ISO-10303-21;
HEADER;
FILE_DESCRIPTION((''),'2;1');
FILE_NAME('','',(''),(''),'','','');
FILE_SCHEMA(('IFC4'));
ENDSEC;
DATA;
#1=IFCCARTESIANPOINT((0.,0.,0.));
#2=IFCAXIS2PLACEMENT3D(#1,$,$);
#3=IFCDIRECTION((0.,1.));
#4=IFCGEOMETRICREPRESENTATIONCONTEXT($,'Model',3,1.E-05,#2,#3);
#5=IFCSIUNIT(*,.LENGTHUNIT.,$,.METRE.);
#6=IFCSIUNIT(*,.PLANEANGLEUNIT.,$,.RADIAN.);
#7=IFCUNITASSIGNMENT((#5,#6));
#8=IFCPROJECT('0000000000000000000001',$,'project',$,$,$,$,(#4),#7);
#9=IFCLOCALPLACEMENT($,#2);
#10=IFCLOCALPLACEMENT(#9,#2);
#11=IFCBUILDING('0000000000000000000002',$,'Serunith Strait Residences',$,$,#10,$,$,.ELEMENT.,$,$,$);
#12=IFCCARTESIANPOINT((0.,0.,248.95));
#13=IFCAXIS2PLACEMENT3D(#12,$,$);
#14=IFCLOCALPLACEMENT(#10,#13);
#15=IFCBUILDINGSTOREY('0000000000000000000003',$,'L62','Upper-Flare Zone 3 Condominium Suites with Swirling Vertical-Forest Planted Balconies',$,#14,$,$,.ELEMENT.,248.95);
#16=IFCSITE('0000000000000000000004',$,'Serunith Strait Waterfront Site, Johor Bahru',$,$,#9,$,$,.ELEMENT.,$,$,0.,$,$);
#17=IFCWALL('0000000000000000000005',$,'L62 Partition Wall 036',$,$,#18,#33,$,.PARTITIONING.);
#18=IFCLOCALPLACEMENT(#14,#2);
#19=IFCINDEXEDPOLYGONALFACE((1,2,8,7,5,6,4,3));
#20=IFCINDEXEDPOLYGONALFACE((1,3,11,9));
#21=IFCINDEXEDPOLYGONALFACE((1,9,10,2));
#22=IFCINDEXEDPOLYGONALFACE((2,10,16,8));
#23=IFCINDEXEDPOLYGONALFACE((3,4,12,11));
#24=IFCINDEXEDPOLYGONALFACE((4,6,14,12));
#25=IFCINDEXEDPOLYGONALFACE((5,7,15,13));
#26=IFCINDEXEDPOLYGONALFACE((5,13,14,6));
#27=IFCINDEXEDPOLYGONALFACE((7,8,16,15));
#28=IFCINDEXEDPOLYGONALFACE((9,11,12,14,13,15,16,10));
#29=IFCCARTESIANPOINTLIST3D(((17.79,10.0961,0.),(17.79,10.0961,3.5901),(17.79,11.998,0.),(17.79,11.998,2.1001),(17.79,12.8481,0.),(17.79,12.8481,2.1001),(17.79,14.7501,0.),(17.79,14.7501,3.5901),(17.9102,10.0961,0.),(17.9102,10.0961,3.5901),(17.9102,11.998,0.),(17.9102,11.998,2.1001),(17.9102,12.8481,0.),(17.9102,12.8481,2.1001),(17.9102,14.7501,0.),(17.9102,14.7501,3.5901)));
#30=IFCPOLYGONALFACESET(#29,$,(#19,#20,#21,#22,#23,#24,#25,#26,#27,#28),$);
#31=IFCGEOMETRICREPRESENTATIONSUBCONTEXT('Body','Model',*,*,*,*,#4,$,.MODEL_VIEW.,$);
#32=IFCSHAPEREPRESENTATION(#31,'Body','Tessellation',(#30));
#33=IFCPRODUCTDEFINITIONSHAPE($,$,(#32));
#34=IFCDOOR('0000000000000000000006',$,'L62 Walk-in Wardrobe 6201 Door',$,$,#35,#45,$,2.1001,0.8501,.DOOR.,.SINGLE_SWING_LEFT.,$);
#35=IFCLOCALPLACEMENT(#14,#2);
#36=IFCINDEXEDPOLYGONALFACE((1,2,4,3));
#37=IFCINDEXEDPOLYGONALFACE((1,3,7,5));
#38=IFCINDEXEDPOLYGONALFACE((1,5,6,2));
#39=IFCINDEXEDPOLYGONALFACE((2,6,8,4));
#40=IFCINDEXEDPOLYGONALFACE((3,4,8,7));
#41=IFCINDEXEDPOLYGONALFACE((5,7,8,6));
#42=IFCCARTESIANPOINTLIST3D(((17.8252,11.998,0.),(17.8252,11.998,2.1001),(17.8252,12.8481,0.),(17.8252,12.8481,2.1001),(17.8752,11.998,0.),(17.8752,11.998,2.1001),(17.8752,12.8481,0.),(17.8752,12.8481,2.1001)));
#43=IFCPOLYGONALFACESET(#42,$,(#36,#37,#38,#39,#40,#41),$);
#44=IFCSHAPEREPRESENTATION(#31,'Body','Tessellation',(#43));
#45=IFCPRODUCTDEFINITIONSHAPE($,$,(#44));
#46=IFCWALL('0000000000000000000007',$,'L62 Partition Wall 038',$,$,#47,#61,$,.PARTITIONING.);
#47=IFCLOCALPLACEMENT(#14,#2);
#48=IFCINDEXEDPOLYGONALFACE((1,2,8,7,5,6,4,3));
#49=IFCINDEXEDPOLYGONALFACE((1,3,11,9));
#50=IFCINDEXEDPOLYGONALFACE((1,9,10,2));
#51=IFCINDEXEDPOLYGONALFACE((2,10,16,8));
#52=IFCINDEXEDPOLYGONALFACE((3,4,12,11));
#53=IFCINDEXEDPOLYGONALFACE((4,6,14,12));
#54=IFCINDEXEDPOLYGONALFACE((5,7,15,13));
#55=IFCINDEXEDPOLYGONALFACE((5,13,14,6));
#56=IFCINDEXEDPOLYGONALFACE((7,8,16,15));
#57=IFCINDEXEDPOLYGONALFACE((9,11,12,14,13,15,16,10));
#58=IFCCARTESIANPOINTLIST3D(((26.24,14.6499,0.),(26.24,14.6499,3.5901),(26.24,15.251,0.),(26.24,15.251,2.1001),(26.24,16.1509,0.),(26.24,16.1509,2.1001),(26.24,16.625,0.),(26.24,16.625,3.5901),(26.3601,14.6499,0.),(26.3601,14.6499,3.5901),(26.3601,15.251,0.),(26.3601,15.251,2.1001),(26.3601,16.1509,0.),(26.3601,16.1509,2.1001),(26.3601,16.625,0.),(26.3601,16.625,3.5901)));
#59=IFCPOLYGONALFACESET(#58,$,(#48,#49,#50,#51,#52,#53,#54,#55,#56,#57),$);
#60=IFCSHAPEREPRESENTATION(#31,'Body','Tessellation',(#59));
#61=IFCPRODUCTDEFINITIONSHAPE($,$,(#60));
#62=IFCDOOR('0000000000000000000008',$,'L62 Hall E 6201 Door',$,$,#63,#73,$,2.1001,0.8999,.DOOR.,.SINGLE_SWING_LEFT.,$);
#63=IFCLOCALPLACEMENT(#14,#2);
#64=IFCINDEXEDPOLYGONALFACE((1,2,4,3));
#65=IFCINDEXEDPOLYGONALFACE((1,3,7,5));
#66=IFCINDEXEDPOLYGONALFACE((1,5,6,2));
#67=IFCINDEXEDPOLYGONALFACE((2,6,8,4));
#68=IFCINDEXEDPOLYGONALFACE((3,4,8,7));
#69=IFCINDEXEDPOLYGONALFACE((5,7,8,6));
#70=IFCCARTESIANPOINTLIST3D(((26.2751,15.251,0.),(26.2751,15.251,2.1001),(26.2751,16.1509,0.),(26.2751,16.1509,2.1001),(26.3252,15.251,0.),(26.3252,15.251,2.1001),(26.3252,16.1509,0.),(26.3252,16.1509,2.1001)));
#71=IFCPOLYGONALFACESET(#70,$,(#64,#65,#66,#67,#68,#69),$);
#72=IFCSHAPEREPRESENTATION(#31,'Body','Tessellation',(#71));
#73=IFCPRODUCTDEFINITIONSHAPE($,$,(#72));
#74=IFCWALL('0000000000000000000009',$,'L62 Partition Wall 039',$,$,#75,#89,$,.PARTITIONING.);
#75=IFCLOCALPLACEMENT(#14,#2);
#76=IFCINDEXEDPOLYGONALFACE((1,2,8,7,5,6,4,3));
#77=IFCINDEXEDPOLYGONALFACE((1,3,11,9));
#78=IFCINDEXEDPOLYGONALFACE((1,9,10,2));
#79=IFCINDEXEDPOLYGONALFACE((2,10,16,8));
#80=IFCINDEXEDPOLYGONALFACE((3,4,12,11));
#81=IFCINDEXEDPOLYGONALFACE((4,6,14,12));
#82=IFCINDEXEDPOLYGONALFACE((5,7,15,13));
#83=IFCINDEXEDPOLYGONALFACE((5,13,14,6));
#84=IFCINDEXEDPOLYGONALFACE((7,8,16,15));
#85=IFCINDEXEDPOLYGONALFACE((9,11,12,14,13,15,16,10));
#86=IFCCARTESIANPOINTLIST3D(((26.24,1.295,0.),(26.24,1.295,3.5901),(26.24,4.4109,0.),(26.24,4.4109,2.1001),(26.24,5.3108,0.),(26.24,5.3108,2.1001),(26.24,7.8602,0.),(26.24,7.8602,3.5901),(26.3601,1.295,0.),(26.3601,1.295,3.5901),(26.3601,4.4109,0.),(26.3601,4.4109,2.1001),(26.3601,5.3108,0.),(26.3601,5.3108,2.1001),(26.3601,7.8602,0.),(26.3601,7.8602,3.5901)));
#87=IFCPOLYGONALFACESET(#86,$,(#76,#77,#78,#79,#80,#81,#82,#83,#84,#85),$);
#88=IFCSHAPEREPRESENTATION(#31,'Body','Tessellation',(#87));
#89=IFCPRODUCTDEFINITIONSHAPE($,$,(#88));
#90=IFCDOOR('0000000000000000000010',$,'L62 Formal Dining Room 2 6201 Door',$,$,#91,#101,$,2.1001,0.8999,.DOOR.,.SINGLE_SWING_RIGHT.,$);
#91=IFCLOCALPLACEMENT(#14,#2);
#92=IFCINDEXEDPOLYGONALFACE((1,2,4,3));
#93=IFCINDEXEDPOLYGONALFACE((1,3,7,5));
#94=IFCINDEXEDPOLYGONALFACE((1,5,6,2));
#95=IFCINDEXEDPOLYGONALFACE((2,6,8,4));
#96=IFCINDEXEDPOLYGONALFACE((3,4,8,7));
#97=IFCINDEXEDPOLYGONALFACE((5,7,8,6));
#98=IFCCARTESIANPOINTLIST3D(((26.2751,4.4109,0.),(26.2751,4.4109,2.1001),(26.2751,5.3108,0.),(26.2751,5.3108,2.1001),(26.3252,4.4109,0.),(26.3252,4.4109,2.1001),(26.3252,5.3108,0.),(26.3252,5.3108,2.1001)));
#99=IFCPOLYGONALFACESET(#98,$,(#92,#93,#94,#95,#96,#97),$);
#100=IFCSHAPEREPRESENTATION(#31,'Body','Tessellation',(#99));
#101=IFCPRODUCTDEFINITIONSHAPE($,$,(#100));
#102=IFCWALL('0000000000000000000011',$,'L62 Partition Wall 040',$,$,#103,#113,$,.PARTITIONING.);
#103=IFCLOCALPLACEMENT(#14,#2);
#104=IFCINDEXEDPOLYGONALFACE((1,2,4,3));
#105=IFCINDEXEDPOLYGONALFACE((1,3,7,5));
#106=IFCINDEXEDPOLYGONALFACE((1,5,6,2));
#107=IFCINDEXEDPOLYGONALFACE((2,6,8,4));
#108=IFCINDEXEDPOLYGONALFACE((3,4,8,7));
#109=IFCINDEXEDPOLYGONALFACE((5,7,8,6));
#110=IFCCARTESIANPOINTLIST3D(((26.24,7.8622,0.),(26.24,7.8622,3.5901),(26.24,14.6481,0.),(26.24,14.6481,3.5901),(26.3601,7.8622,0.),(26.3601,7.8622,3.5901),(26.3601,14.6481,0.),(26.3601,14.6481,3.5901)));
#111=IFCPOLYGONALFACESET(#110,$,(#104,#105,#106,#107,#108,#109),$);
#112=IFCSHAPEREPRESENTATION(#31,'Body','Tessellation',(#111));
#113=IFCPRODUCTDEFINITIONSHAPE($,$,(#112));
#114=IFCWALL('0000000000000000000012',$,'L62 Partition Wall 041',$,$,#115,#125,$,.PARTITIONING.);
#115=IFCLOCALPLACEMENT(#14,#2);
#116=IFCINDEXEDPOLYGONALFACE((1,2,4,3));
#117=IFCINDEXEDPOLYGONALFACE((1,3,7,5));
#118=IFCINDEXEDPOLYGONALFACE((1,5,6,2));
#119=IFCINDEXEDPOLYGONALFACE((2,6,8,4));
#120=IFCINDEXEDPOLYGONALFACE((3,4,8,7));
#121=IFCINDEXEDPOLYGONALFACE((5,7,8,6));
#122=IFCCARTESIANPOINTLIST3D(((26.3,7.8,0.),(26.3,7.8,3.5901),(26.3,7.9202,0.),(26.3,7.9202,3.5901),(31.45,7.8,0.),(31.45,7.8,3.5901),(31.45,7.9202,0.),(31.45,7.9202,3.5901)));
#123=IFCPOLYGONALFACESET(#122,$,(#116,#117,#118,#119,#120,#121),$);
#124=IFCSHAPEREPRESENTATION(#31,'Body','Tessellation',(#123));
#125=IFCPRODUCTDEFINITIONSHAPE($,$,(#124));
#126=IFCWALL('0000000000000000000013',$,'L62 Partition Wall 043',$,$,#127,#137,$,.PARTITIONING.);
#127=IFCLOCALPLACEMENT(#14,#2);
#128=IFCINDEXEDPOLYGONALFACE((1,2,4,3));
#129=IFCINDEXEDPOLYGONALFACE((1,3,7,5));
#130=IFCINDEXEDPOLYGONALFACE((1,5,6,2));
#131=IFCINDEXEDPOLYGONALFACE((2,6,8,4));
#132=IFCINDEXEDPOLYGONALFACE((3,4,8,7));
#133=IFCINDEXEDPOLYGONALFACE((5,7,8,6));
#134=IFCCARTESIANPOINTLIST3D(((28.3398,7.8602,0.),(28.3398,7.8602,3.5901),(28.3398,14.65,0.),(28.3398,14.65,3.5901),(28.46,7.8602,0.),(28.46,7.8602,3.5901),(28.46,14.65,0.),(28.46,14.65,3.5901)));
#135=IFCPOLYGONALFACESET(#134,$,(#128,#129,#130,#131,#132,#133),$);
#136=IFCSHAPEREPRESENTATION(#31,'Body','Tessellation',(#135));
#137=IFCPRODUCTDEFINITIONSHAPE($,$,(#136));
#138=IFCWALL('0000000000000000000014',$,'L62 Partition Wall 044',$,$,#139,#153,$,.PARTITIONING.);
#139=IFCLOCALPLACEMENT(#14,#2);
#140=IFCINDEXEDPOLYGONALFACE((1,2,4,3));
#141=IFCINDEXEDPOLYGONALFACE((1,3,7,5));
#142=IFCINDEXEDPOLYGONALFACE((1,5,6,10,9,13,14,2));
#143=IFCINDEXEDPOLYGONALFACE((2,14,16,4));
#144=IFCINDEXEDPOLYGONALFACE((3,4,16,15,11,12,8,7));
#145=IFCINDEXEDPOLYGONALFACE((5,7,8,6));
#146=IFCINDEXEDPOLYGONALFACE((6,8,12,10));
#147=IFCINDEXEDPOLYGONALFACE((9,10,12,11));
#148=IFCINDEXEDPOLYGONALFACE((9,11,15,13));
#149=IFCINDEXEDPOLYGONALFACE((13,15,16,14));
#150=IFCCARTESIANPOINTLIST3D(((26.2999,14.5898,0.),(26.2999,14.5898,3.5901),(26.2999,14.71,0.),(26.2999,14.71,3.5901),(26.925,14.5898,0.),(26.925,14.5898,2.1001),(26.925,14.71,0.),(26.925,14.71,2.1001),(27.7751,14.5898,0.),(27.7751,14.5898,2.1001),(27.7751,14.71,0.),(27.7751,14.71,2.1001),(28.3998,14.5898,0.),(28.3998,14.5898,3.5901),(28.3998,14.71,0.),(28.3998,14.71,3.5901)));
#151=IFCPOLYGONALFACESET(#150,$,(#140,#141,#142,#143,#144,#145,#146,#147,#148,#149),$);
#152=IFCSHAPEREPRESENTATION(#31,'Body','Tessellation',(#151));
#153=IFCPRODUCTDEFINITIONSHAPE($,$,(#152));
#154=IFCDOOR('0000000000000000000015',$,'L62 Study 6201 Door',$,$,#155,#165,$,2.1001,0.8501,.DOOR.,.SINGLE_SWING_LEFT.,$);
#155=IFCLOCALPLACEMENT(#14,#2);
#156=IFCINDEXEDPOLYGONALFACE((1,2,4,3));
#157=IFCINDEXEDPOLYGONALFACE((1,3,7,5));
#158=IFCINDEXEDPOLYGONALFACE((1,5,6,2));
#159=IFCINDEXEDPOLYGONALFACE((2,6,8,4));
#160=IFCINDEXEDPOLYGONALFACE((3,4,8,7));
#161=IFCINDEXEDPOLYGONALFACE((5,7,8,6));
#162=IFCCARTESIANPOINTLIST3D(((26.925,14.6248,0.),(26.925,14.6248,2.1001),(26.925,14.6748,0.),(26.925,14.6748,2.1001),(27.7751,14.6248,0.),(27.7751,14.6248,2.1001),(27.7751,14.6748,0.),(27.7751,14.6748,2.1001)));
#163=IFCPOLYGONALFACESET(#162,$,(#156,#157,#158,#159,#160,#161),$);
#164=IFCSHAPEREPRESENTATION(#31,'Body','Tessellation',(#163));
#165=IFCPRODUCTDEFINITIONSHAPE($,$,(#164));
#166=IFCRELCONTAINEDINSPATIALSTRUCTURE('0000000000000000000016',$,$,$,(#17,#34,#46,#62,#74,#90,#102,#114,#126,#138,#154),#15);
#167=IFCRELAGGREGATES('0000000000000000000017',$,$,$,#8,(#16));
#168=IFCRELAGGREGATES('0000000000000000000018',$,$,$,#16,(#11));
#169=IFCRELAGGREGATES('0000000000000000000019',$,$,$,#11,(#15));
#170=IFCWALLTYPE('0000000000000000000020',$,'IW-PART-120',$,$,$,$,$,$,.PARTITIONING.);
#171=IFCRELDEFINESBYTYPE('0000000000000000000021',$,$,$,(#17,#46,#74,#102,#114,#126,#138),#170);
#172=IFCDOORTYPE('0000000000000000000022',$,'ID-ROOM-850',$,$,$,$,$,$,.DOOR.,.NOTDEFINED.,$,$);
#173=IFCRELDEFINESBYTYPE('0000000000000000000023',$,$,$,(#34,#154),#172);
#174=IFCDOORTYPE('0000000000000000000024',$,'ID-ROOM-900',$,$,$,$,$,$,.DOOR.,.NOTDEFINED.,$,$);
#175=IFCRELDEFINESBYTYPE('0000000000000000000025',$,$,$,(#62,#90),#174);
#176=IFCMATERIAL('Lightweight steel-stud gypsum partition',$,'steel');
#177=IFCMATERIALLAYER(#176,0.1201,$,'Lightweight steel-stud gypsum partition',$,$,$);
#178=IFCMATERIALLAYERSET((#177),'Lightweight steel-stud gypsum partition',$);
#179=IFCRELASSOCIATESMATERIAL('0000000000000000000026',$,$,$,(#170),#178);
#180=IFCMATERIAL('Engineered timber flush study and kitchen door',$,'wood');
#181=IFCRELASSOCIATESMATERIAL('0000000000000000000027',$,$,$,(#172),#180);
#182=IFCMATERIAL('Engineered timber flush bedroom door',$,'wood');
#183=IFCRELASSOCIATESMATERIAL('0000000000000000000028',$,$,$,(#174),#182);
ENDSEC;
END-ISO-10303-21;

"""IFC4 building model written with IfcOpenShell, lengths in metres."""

from ifc_helpers import new_model, si_unit, direction, frame, frame_2d, origin, place, context, subcontext, project, spatial, rectangle, extrude, source, transform, mapped, material, layer, layer_set, type_object, element, fill, save


model = new_model("IFC4")

# Units and contexts
model_context = context("Model", 3, precision=1e-05, world=origin(), true_north=direction((0.0, 1.0)))
body_context = subcontext(model_context, "Body", "Model", "MODEL_VIEW")
ifc_project = project(units=[si_unit("LENGTHUNIT", "METRE"), si_unit("PLANEANGLEUNIT", "RADIAN")], contexts=[model_context])

# Site, building, storey
site_placement = place(None, origin())
site = spatial("IfcSite", under=ifc_project, at=site_placement, Name="Serunith Strait Waterfront Site, Johor Bahru", CompositionType="ELEMENT", RefElevation=0.0)
building_placement = place(site_placement, origin())
building = spatial("IfcBuilding", under=site, at=building_placement, Name="Serunith Strait Residences", CompositionType="ELEMENT")
storey_placement = place(building_placement, frame((0.0, 0.0, 248.95)))
storey = spatial("IfcBuildingStorey", under=building, at=storey_placement, Name="L62", Description="Upper-Flare Zone 3 Condominium Suites with Swirling Vertical-Forest Planted Balconies", CompositionType="ELEMENT", Elevation=248.95)

# Shared definitions
ifc_material_1 = material(Name="Lightweight steel-stud gypsum partition", Category="steel")
ifc_layer_1 = layer(ifc_material_1, 0.1201, Name="Lightweight steel-stud gypsum partition")
ifc_layer_set_1 = layer_set([ifc_layer_1], Name="Lightweight steel-stud gypsum partition")
wall_type = type_object("IfcWallType", Name="IW-PART-120", PredefinedType="PARTITIONING", material=ifc_layer_set_1)
ifc_material_2 = material(Name="Engineered timber flush study and kitchen door", Category="wood")
door_type_1 = type_object("IfcDoorType", Name="ID-ROOM-850", OperationType="NOTDEFINED", PredefinedType="DOOR", material=ifc_material_2)
shared_shape_1 = source(origin(), body_context, "Body", "SweptSolid", [
    extrude(rectangle(XDim=0.8501, YDim=2.1001, at=frame_2d((0.425, 1.05))), frame((0.0, 0.0249, 0.0), z_axis=(0.0, -1.0, 0.0), x_axis=(1.0, 0.0, 0.0)), (0.0, 0.0, 1.0), 0.05),
])

# Walls, openings, doors
ifc_material_3 = material(Name="Engineered timber flush bedroom door", Category="wood")
door_type_2 = type_object("IfcDoorType", Name="ID-ROOM-900", OperationType="NOTDEFINED", PredefinedType="DOOR", material=ifc_material_3)
shared_shape_2 = source(origin(), body_context, "Body", "SweptSolid", [
    extrude(rectangle(XDim=0.8999, YDim=2.1001, at=frame_2d((0.45, 1.05))), frame((0.0, 0.0249, 0.0), z_axis=(0.0, -1.0, 0.0), x_axis=(1.0, 0.0, 0.0)), (0.0, 0.0, 1.0), 0.05),
])
wall_1_placement = place(storey_placement, frame((17.8501, 10.0959, 0.0), z_axis=(0.0, 0.0, 1.0), x_axis=(0.0, 1.0, 0.0)))
wall_1 = element("IfcWall", 1, at=wall_1_placement, inside=storey, type_object=wall_type, Name="L62 Partition Wall 036", PredefinedType="PARTITIONING", context=body_context, shape_type="SweptSolid", body=[
    extrude(rectangle(XDim=4.6541, YDim=0.1201, at=frame_2d((2.3271, 0.0))), origin(), (0.0, 0.0, 1.0), 3.5901),
])
opening_1_placement = place(wall_1_placement, frame((1.9021, 0.0, 0.0)))
opening_1 = element("IfcOpeningElement", 2, at=opening_1_placement, cuts=wall_1, PredefinedType="OPENING", context=body_context, shape_type="SweptSolid", body=[
    extrude(rectangle(XDim=0.8501, YDim=2.1001, at=frame_2d((0.425, 1.05))), frame((0.0, 0.0701, 0.0), z_axis=(0.0, -1.0, 0.0), x_axis=(1.0, 0.0, 0.0)), (0.0, 0.0, 1.0), 0.1401),
])
door_1_placement = place(opening_1_placement, origin())
door_1 = element("IfcDoor", 3, at=door_1_placement, inside=storey, type_object=door_type_1, Name="L62 Walk-in Wardrobe 6201 Door", OperationType="SINGLE_SWING_LEFT", OverallHeight=2.1001, OverallWidth=0.8501, PredefinedType="DOOR", context=body_context, shape_type="MappedRepresentation", body=[
    mapped(shared_shape_1, transform((0.0, 0.0, 0.0), scale=1.0)),
])
fill(opening_1, door_1)
wall_2_placement = place(storey_placement, frame((26.3, 14.6499, 0.0), z_axis=(0.0, 0.0, 1.0), x_axis=(0.0, 1.0, 0.0)))
wall_2 = element("IfcWall", 4, at=wall_2_placement, inside=storey, type_object=wall_type, Name="L62 Partition Wall 038", PredefinedType="PARTITIONING", context=body_context, shape_type="SweptSolid", body=[
    extrude(rectangle(XDim=1.9751, YDim=0.1201, at=frame_2d((0.9875, 0.0))), origin(), (0.0, 0.0, 1.0), 3.5901),
])
opening_2_placement = place(wall_2_placement, frame((0.6011, 0.0, 0.0)))
opening_2 = element("IfcOpeningElement", 5, at=opening_2_placement, cuts=wall_2, PredefinedType="OPENING", context=body_context, shape_type="SweptSolid", body=[
    extrude(rectangle(XDim=0.8999, YDim=2.1001, at=frame_2d((0.45, 1.05))), frame((0.0, 0.0701, 0.0), z_axis=(0.0, -1.0, 0.0), x_axis=(1.0, 0.0, 0.0)), (0.0, 0.0, 1.0), 0.1401),
])
door_2_placement = place(opening_2_placement, origin())
door_2 = element("IfcDoor", 6, at=door_2_placement, inside=storey, type_object=door_type_2, Name="L62 Hall E 6201 Door", OperationType="SINGLE_SWING_LEFT", OverallHeight=2.1001, OverallWidth=0.8999, PredefinedType="DOOR", context=body_context, shape_type="MappedRepresentation", body=[
    mapped(shared_shape_2, transform((0.0, 0.0, 0.0), scale=1.0)),
])
fill(opening_2, door_2)
wall_3_placement = place(storey_placement, frame((26.3, 1.2949, 0.0), z_axis=(0.0, 0.0, 1.0), x_axis=(0.0, 1.0, 0.0)))
wall_3 = element("IfcWall", 7, at=wall_3_placement, inside=storey, type_object=wall_type, Name="L62 Partition Wall 039", PredefinedType="PARTITIONING", context=body_context, shape_type="SweptSolid", body=[
    extrude(rectangle(XDim=6.5652, YDim=0.1201, at=frame_2d((3.2827, 0.0))), origin(), (0.0, 0.0, 1.0), 3.5901),
])
opening_3_placement = place(wall_3_placement, frame((3.116, 0.0, 0.0)))
opening_3 = element("IfcOpeningElement", 8, at=opening_3_placement, cuts=wall_3, PredefinedType="OPENING", context=body_context, shape_type="SweptSolid", body=[
    extrude(rectangle(XDim=0.8999, YDim=2.1001, at=frame_2d((0.45, 1.05))), frame((0.0, 0.0701, 0.0), z_axis=(0.0, -1.0, 0.0), x_axis=(1.0, 0.0, 0.0)), (0.0, 0.0, 1.0), 0.1401),
])
door_3_placement = place(opening_3_placement, origin())
door_3 = element("IfcDoor", 9, at=door_3_placement, inside=storey, type_object=door_type_2, Name="L62 Formal Dining Room 2 6201 Door", OperationType="SINGLE_SWING_RIGHT", OverallHeight=2.1001, OverallWidth=0.8999, PredefinedType="DOOR", context=body_context, shape_type="MappedRepresentation", body=[
    mapped(shared_shape_2, transform((0.0, 0.0, 0.0), scale=1.0)),
])
fill(opening_3, door_3)

# Walls
wall_4_placement = place(storey_placement, frame((26.3, 7.8621, 0.0), z_axis=(0.0, 0.0, 1.0), x_axis=(0.0, 1.0, 0.0)))
element("IfcWall", 10, at=wall_4_placement, inside=storey, type_object=wall_type, Name="L62 Partition Wall 040", PredefinedType="PARTITIONING", context=body_context, shape_type="SweptSolid", body=[
    extrude(rectangle(XDim=6.7859, YDim=0.1201, at=frame_2d((3.3931, 0.0))), origin(), (0.0, 0.0, 1.0), 3.5901),
])
wall_5_placement = place(storey_placement, frame((26.3, 7.8601, 0.0), z_axis=(0.0, 0.0, 1.0), x_axis=(1.0, 0.0, 0.0)))
element("IfcWall", 11, at=wall_5_placement, inside=storey, type_object=wall_type, Name="L62 Partition Wall 041", PredefinedType="PARTITIONING", context=body_context, shape_type="SweptSolid", body=[
    extrude(rectangle(XDim=5.1499, YDim=0.1201, at=frame_2d((2.575, 0.0))), origin(), (0.0, 0.0, 1.0), 3.5901),
])
wall_6_placement = place(storey_placement, frame((28.3999, 7.8601, 0.0), z_axis=(0.0, 0.0, 1.0), x_axis=(0.0, 1.0, 0.0)))
element("IfcWall", 12, at=wall_6_placement, inside=storey, type_object=wall_type, Name="L62 Partition Wall 043", PredefinedType="PARTITIONING", context=body_context, shape_type="SweptSolid", body=[
    extrude(rectangle(XDim=6.7898, YDim=0.1201, at=frame_2d((3.395, 0.0))), origin(), (0.0, 0.0, 1.0), 3.5901),
])

# Wall, opening, door
wall_7_placement = place(storey_placement, frame((26.3, 14.6499, 0.0), z_axis=(0.0, 0.0, 1.0), x_axis=(1.0, 0.0, 0.0)))
wall_7 = element("IfcWall", 13, at=wall_7_placement, inside=storey, type_object=wall_type, Name="L62 Partition Wall 044", PredefinedType="PARTITIONING", context=body_context, shape_type="SweptSolid", body=[
    extrude(rectangle(XDim=2.0999, YDim=0.1201, at=frame_2d((1.0498, 0.0))), origin(), (0.0, 0.0, 1.0), 3.5901),
])
opening_4_placement = place(wall_7_placement, frame((0.625, 0.0, 0.0)))
opening_4 = element("IfcOpeningElement", 14, at=opening_4_placement, cuts=wall_7, PredefinedType="OPENING", context=body_context, shape_type="SweptSolid", body=[
    extrude(rectangle(XDim=0.8501, YDim=2.1001, at=frame_2d((0.425, 1.05))), frame((0.0, 0.0701, 0.0), z_axis=(0.0, -1.0, 0.0), x_axis=(1.0, 0.0, 0.0)), (0.0, 0.0, 1.0), 0.1401),
])
door_4_placement = place(opening_4_placement, origin())
door_4 = element("IfcDoor", 15, at=door_4_placement, inside=storey, type_object=door_type_1, Name="L62 Study 6201 Door", OperationType="SINGLE_SWING_LEFT", OverallHeight=2.1001, OverallWidth=0.8501, PredefinedType="DOOR", context=body_context, shape_type="MappedRepresentation", body=[
    mapped(shared_shape_1, transform((0.0, 0.0, 0.0), scale=1.0)),
])
fill(opening_4, door_4)

save(model, "model.ifc")
